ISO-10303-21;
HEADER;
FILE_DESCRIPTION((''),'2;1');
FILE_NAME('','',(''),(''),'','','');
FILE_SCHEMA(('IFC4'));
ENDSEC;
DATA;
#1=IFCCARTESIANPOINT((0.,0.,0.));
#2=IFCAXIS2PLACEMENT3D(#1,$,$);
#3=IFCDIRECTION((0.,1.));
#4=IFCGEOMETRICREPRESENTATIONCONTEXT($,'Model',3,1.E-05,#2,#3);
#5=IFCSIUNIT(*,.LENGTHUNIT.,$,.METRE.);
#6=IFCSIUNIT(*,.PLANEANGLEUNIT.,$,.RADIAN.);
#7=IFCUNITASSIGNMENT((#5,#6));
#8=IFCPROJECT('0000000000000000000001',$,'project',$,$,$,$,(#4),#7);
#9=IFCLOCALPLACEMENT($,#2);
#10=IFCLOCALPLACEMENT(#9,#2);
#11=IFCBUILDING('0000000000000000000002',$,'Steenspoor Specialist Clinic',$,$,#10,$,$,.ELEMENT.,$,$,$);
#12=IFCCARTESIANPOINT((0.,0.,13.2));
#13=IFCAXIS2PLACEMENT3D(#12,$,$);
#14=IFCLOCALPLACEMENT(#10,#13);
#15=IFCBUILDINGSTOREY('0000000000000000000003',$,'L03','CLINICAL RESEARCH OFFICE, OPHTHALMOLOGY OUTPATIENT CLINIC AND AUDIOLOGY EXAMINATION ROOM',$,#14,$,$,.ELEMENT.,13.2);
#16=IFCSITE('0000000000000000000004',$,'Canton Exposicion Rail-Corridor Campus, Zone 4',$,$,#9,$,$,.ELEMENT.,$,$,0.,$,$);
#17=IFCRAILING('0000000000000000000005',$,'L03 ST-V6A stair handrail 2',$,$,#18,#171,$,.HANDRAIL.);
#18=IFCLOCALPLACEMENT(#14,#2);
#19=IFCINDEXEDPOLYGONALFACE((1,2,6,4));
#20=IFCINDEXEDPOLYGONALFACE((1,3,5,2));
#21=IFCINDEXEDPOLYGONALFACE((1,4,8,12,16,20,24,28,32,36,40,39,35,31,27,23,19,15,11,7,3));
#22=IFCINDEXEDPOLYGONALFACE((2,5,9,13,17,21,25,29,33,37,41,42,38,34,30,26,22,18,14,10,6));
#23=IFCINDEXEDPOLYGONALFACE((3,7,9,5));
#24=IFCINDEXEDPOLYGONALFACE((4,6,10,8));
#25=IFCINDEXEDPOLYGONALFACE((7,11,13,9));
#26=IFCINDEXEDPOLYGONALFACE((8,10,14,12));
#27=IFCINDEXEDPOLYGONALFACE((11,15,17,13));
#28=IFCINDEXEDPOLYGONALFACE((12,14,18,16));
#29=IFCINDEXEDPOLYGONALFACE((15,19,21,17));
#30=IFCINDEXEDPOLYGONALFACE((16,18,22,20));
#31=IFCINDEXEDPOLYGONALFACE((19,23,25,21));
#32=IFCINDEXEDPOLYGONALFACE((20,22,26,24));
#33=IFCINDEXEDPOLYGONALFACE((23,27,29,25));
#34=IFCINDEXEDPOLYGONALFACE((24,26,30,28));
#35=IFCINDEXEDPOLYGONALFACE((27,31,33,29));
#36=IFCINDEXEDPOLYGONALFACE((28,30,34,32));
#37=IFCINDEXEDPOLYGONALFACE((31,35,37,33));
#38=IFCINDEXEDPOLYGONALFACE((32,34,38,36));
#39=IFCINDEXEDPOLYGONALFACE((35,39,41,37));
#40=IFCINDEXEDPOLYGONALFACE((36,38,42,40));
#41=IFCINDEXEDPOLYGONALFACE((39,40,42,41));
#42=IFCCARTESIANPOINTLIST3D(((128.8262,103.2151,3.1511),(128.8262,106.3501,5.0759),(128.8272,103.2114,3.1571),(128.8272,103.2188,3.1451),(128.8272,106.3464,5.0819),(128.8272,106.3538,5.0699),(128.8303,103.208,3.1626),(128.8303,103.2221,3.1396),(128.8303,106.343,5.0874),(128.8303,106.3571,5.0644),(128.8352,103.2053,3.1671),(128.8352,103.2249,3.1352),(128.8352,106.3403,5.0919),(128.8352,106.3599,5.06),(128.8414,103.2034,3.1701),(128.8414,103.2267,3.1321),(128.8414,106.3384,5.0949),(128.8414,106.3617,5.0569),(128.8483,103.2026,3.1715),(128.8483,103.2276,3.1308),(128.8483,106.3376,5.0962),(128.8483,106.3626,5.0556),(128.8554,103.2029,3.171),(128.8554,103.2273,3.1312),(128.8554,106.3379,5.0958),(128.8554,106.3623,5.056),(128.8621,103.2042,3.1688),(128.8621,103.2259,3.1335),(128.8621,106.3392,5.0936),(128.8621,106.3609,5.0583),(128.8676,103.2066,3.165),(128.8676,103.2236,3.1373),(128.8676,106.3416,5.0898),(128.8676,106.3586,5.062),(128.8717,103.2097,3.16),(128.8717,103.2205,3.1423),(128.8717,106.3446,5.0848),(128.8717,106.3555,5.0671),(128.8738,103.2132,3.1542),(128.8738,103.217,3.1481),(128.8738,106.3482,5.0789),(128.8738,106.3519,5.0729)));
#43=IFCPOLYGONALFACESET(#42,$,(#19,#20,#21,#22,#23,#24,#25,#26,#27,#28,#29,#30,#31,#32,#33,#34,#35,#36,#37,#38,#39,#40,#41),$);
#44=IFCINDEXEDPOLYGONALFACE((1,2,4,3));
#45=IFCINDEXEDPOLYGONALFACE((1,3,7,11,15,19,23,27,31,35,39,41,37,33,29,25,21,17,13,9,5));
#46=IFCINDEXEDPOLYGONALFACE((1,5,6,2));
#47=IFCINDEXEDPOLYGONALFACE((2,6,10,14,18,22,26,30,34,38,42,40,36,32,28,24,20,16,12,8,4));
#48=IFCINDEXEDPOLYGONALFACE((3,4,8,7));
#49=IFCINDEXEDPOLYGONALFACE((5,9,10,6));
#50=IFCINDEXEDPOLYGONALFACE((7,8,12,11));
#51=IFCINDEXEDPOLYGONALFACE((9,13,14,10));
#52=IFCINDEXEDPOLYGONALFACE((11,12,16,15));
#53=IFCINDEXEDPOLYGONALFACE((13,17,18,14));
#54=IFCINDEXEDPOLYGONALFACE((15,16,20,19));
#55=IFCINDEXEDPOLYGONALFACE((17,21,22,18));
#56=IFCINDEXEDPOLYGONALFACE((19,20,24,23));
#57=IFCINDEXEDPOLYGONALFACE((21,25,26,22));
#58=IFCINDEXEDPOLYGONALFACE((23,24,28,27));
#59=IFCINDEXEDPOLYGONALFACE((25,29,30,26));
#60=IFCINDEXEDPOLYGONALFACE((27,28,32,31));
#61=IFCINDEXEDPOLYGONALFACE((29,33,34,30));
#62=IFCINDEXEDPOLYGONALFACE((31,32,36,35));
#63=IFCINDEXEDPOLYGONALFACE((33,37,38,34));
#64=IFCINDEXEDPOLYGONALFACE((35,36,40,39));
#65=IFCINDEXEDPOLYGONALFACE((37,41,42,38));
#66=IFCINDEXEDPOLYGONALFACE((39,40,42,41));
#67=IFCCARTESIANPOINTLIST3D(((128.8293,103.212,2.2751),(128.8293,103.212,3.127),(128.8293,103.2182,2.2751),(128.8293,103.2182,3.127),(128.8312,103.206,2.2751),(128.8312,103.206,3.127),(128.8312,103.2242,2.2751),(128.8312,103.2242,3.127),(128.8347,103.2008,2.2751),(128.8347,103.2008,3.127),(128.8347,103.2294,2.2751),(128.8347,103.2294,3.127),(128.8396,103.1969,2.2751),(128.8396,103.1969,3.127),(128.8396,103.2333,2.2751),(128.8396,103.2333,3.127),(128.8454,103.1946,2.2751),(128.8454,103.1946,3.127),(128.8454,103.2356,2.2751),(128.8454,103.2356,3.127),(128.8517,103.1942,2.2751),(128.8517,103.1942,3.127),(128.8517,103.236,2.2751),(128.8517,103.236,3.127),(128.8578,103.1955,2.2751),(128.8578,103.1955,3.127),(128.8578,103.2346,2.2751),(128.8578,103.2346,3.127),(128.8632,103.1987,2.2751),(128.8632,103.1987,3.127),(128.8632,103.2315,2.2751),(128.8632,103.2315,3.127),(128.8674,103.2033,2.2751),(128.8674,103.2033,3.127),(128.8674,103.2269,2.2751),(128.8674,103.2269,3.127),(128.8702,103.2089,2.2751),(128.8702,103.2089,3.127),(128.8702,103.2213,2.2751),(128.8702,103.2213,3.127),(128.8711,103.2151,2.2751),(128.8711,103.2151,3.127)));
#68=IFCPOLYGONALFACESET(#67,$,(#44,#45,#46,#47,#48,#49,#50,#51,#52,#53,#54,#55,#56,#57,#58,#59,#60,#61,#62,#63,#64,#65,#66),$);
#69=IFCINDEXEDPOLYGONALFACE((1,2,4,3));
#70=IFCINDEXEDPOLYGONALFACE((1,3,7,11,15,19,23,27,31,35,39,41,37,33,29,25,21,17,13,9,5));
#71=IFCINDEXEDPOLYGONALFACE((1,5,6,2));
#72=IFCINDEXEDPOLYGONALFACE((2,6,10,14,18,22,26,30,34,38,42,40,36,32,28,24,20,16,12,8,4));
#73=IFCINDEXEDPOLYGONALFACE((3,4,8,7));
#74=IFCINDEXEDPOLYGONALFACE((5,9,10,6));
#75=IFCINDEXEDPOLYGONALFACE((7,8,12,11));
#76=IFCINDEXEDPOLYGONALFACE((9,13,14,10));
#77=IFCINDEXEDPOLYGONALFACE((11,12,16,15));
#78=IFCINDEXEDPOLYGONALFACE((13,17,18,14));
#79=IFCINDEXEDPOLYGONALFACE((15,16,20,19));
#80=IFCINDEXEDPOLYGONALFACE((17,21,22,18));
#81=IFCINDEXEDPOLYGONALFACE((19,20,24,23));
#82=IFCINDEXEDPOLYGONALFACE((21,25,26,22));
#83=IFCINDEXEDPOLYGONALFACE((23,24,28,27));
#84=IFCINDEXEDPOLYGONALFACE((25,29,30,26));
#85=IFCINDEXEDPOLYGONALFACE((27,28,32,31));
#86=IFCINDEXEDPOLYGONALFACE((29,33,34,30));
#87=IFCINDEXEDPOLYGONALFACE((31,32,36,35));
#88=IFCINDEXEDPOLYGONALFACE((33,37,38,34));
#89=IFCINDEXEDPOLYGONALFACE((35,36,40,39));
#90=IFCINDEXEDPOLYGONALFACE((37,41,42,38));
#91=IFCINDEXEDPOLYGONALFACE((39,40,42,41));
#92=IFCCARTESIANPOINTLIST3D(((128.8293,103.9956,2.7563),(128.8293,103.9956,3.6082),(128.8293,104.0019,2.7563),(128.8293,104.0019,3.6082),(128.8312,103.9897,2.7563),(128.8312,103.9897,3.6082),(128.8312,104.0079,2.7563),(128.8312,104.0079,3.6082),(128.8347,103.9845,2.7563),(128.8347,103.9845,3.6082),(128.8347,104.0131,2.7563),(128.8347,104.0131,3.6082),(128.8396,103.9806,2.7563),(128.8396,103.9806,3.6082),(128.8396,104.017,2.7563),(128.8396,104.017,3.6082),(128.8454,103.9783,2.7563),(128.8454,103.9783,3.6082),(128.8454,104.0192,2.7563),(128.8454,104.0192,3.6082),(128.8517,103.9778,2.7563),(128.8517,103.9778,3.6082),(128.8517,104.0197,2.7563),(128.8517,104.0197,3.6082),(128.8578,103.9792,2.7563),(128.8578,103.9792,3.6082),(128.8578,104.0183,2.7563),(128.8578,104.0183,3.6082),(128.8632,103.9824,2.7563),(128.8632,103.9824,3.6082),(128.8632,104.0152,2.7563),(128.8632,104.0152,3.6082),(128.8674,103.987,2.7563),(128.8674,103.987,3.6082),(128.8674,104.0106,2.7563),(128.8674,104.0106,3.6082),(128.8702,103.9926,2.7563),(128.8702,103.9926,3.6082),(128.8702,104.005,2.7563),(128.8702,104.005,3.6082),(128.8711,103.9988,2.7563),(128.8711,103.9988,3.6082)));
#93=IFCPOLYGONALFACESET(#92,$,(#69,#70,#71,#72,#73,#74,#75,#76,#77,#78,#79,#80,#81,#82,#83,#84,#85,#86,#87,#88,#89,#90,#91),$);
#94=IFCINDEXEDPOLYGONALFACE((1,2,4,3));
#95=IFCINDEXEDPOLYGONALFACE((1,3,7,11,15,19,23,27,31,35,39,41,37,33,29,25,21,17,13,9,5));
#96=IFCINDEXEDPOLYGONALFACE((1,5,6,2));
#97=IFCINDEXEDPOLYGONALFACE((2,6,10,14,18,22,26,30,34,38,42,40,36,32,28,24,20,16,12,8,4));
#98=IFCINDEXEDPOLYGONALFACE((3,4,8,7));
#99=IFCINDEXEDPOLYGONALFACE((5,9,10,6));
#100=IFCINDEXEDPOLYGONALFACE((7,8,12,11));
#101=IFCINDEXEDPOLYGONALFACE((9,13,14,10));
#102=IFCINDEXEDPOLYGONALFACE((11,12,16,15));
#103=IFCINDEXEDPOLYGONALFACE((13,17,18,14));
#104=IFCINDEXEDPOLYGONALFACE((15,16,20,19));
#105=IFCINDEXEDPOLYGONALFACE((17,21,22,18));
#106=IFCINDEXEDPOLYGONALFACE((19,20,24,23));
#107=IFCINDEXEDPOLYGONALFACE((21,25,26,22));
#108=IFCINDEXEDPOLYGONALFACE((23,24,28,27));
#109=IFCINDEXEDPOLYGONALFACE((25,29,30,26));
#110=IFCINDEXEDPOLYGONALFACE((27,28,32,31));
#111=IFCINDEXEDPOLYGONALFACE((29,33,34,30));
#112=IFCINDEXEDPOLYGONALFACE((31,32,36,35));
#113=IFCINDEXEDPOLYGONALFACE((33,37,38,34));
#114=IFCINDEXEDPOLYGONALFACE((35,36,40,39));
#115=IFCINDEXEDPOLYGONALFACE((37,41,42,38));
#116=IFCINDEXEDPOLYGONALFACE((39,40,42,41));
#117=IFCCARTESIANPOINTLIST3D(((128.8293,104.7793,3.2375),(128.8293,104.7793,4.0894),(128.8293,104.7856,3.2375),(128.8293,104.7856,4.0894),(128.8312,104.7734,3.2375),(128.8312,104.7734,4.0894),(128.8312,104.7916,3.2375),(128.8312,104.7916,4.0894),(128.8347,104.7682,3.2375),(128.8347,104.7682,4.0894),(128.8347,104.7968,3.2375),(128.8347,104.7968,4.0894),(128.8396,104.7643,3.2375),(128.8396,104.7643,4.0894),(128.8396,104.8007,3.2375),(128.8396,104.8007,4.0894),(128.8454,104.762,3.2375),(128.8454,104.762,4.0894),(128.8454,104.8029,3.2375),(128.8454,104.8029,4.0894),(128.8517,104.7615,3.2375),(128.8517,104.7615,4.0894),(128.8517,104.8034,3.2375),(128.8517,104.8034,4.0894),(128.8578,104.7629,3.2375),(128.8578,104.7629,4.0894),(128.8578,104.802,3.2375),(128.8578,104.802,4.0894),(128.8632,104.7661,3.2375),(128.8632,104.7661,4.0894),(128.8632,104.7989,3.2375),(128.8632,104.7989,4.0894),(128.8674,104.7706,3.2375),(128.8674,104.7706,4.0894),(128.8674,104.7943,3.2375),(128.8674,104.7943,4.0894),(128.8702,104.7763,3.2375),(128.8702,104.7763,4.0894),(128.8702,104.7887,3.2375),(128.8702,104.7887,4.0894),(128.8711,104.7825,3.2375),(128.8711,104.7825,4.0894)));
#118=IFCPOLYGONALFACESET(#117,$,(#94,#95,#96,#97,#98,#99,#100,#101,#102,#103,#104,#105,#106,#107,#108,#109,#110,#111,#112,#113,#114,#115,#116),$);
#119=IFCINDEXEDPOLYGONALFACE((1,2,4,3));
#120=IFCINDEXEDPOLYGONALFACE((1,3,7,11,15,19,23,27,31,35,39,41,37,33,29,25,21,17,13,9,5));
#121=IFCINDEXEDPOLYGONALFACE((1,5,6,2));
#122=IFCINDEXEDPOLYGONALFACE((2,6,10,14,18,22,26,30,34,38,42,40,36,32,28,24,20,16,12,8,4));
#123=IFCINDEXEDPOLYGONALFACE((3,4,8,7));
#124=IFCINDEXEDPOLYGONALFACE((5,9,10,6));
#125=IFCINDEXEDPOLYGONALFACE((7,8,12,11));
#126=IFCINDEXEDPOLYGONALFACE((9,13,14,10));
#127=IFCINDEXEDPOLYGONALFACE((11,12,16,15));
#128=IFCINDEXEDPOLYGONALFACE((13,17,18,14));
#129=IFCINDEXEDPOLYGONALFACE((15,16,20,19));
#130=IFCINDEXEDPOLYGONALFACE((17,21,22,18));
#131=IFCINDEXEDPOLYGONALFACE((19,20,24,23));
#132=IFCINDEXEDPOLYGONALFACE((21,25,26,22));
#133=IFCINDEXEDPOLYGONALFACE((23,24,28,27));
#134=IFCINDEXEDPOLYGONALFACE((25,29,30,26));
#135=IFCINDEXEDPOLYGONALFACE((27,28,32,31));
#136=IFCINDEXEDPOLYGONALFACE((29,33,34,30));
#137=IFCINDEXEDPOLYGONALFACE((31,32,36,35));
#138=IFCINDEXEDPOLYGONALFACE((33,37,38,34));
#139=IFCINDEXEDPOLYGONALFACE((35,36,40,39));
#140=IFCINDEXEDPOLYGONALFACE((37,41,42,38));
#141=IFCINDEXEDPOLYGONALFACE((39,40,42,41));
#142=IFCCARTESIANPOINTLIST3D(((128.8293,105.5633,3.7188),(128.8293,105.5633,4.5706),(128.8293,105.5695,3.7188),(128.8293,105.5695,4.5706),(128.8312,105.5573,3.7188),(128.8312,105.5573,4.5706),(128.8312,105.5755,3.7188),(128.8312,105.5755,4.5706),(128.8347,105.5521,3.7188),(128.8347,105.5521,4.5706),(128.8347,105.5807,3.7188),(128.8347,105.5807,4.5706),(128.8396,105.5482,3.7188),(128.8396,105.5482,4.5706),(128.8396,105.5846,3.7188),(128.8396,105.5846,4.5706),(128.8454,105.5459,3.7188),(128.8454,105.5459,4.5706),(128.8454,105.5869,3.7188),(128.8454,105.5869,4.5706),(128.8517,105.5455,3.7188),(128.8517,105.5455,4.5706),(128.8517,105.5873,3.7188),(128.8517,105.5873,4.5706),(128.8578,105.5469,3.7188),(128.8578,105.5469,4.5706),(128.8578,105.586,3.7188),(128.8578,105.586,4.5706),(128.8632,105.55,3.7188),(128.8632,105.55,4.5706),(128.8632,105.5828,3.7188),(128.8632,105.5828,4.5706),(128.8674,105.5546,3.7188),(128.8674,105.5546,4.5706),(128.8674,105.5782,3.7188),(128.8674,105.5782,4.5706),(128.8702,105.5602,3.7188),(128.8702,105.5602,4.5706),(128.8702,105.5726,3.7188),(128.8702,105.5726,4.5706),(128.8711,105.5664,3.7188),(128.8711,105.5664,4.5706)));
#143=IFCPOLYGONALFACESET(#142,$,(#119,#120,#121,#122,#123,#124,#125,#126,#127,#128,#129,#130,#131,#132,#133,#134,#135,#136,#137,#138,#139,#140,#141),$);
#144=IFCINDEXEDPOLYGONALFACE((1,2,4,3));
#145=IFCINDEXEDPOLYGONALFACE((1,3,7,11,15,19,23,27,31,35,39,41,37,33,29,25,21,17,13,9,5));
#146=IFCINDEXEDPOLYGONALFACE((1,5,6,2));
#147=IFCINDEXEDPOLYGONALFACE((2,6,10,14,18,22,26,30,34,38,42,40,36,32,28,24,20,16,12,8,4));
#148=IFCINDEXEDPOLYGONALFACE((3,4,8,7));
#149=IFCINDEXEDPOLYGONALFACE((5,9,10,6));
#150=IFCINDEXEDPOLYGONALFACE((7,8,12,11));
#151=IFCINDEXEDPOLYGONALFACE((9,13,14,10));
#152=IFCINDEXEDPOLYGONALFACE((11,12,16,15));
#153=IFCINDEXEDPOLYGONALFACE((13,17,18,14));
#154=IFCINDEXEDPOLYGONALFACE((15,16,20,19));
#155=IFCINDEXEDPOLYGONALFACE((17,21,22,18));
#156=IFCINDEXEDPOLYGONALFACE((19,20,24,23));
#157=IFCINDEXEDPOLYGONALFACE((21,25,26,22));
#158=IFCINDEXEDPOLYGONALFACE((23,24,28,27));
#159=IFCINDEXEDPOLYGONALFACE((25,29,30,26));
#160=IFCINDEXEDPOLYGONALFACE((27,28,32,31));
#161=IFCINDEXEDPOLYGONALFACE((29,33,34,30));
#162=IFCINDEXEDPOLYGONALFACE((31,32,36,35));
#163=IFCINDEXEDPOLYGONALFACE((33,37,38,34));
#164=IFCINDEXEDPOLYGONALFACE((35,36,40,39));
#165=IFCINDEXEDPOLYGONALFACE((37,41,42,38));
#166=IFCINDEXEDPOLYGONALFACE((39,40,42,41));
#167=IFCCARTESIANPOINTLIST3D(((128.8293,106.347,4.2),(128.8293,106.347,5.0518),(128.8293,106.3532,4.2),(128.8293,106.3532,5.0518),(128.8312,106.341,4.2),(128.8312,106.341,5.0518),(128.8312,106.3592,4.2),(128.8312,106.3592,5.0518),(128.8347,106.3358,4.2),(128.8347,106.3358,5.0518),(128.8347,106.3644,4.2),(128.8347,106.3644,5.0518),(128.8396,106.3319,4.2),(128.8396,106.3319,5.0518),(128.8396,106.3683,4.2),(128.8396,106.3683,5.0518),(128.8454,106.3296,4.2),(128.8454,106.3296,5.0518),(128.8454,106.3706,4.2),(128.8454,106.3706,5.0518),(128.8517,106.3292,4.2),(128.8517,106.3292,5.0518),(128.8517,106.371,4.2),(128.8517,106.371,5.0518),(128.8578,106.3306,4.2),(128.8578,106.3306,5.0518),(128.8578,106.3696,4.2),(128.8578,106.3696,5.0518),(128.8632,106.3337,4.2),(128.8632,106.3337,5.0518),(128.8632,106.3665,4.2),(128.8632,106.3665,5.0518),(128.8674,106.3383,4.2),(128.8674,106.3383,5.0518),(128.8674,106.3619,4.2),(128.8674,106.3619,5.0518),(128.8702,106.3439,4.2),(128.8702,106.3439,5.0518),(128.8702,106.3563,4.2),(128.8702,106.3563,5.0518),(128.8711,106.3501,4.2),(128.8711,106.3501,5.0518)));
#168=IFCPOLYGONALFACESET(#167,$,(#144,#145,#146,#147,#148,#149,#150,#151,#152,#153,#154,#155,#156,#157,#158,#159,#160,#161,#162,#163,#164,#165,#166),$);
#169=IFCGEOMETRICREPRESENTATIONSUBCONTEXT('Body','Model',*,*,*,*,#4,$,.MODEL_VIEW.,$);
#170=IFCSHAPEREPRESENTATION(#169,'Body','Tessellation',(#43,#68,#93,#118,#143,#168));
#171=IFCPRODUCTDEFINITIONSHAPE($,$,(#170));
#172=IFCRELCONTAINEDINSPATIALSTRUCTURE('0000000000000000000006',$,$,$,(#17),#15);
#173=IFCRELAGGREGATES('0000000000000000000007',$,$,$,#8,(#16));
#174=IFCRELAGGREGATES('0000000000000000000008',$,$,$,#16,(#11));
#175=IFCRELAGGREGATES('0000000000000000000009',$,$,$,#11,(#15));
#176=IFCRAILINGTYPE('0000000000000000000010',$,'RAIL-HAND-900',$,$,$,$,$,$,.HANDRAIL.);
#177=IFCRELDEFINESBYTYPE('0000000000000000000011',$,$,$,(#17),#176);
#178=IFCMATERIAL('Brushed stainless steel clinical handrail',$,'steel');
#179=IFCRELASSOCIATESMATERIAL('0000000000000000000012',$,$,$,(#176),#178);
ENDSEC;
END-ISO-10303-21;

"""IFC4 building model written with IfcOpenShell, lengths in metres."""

from ifc_helpers import new_model, si_unit, direction, frame, origin, origin_2d, place, context, subcontext, project, spatial, circle, extrude, material, type_object, element, save


model = new_model("IFC4")

# Units and contexts
model_context = context("Model", 3, precision=1e-05, world=origin(), true_north=direction((0.0, 1.0)))
body_context = subcontext(model_context, "Body", "Model", "MODEL_VIEW")
ifc_project = project(units=[si_unit("LENGTHUNIT", "METRE"), si_unit("PLANEANGLEUNIT", "RADIAN")], contexts=[model_context])

# Site, building, storey
site_placement = place(None, origin())
site = spatial("IfcSite", under=ifc_project, at=site_placement, Name="Canton Exposicion Rail-Corridor Campus, Zone 4", CompositionType="ELEMENT", RefElevation=0.0)
building_placement = place(site_placement, origin())
building = spatial("IfcBuilding", under=site, at=building_placement, Name="Steenspoor Specialist Clinic", CompositionType="ELEMENT")
storey_placement = place(building_placement, frame((0.0, 0.0, 13.2)))
storey = spatial("IfcBuildingStorey", under=building, at=storey_placement, Name="L03", Description="CLINICAL RESEARCH OFFICE, OPHTHALMOLOGY OUTPATIENT CLINIC AND AUDIOLOGY EXAMINATION ROOM", CompositionType="ELEMENT", Elevation=13.2)

# Railing
ifc_material_1 = material(Name="Brushed stainless steel clinical handrail", Category="steel")
railing_type_1 = type_object("IfcRailingType", Name="RAIL-HAND-900", PredefinedType="HANDRAIL", material=ifc_material_1)
railing_1_placement = place(storey_placement, frame((128.8501, 103.2151, 2.2751)))
element("IfcRailing", 1, at=railing_1_placement, inside=storey, type_object=railing_type_1, Name="L03 ST-V6A stair handrail 2", PredefinedType="HANDRAIL", context=body_context, shape_type="SweptSolid", body=[
    extrude(circle(Radius=0.0239, at=origin_2d()), frame((0.0, 0.0, 0.876), z_axis=(0.0, 0.852196, 0.523223), x_axis=(-1.0, 0.0, 0.0)), (0.0, 0.0, 1.0), 3.6787),
    extrude(circle(Radius=0.021, at=origin_2d()), origin(), (0.0, 0.0, 1.0), 0.8518),
    extrude(circle(Radius=0.021, at=origin_2d()), frame((0.0, 0.7837, 0.4812)), (0.0, 0.0, 1.0), 0.8518),
    extrude(circle(Radius=0.021, at=origin_2d()), frame((0.0, 1.5674, 0.9624)), (0.0, 0.0, 1.0), 0.8518),
    extrude(circle(Radius=0.021, at=origin_2d()), frame((0.0, 2.3513, 1.4436)), (0.0, 0.0, 1.0), 0.8518),
    extrude(circle(Radius=0.021, at=origin_2d()), frame((0.0, 3.135, 1.9248)), (0.0, 0.0, 1.0), 0.8518),
])

save(model, "model.ifc")
